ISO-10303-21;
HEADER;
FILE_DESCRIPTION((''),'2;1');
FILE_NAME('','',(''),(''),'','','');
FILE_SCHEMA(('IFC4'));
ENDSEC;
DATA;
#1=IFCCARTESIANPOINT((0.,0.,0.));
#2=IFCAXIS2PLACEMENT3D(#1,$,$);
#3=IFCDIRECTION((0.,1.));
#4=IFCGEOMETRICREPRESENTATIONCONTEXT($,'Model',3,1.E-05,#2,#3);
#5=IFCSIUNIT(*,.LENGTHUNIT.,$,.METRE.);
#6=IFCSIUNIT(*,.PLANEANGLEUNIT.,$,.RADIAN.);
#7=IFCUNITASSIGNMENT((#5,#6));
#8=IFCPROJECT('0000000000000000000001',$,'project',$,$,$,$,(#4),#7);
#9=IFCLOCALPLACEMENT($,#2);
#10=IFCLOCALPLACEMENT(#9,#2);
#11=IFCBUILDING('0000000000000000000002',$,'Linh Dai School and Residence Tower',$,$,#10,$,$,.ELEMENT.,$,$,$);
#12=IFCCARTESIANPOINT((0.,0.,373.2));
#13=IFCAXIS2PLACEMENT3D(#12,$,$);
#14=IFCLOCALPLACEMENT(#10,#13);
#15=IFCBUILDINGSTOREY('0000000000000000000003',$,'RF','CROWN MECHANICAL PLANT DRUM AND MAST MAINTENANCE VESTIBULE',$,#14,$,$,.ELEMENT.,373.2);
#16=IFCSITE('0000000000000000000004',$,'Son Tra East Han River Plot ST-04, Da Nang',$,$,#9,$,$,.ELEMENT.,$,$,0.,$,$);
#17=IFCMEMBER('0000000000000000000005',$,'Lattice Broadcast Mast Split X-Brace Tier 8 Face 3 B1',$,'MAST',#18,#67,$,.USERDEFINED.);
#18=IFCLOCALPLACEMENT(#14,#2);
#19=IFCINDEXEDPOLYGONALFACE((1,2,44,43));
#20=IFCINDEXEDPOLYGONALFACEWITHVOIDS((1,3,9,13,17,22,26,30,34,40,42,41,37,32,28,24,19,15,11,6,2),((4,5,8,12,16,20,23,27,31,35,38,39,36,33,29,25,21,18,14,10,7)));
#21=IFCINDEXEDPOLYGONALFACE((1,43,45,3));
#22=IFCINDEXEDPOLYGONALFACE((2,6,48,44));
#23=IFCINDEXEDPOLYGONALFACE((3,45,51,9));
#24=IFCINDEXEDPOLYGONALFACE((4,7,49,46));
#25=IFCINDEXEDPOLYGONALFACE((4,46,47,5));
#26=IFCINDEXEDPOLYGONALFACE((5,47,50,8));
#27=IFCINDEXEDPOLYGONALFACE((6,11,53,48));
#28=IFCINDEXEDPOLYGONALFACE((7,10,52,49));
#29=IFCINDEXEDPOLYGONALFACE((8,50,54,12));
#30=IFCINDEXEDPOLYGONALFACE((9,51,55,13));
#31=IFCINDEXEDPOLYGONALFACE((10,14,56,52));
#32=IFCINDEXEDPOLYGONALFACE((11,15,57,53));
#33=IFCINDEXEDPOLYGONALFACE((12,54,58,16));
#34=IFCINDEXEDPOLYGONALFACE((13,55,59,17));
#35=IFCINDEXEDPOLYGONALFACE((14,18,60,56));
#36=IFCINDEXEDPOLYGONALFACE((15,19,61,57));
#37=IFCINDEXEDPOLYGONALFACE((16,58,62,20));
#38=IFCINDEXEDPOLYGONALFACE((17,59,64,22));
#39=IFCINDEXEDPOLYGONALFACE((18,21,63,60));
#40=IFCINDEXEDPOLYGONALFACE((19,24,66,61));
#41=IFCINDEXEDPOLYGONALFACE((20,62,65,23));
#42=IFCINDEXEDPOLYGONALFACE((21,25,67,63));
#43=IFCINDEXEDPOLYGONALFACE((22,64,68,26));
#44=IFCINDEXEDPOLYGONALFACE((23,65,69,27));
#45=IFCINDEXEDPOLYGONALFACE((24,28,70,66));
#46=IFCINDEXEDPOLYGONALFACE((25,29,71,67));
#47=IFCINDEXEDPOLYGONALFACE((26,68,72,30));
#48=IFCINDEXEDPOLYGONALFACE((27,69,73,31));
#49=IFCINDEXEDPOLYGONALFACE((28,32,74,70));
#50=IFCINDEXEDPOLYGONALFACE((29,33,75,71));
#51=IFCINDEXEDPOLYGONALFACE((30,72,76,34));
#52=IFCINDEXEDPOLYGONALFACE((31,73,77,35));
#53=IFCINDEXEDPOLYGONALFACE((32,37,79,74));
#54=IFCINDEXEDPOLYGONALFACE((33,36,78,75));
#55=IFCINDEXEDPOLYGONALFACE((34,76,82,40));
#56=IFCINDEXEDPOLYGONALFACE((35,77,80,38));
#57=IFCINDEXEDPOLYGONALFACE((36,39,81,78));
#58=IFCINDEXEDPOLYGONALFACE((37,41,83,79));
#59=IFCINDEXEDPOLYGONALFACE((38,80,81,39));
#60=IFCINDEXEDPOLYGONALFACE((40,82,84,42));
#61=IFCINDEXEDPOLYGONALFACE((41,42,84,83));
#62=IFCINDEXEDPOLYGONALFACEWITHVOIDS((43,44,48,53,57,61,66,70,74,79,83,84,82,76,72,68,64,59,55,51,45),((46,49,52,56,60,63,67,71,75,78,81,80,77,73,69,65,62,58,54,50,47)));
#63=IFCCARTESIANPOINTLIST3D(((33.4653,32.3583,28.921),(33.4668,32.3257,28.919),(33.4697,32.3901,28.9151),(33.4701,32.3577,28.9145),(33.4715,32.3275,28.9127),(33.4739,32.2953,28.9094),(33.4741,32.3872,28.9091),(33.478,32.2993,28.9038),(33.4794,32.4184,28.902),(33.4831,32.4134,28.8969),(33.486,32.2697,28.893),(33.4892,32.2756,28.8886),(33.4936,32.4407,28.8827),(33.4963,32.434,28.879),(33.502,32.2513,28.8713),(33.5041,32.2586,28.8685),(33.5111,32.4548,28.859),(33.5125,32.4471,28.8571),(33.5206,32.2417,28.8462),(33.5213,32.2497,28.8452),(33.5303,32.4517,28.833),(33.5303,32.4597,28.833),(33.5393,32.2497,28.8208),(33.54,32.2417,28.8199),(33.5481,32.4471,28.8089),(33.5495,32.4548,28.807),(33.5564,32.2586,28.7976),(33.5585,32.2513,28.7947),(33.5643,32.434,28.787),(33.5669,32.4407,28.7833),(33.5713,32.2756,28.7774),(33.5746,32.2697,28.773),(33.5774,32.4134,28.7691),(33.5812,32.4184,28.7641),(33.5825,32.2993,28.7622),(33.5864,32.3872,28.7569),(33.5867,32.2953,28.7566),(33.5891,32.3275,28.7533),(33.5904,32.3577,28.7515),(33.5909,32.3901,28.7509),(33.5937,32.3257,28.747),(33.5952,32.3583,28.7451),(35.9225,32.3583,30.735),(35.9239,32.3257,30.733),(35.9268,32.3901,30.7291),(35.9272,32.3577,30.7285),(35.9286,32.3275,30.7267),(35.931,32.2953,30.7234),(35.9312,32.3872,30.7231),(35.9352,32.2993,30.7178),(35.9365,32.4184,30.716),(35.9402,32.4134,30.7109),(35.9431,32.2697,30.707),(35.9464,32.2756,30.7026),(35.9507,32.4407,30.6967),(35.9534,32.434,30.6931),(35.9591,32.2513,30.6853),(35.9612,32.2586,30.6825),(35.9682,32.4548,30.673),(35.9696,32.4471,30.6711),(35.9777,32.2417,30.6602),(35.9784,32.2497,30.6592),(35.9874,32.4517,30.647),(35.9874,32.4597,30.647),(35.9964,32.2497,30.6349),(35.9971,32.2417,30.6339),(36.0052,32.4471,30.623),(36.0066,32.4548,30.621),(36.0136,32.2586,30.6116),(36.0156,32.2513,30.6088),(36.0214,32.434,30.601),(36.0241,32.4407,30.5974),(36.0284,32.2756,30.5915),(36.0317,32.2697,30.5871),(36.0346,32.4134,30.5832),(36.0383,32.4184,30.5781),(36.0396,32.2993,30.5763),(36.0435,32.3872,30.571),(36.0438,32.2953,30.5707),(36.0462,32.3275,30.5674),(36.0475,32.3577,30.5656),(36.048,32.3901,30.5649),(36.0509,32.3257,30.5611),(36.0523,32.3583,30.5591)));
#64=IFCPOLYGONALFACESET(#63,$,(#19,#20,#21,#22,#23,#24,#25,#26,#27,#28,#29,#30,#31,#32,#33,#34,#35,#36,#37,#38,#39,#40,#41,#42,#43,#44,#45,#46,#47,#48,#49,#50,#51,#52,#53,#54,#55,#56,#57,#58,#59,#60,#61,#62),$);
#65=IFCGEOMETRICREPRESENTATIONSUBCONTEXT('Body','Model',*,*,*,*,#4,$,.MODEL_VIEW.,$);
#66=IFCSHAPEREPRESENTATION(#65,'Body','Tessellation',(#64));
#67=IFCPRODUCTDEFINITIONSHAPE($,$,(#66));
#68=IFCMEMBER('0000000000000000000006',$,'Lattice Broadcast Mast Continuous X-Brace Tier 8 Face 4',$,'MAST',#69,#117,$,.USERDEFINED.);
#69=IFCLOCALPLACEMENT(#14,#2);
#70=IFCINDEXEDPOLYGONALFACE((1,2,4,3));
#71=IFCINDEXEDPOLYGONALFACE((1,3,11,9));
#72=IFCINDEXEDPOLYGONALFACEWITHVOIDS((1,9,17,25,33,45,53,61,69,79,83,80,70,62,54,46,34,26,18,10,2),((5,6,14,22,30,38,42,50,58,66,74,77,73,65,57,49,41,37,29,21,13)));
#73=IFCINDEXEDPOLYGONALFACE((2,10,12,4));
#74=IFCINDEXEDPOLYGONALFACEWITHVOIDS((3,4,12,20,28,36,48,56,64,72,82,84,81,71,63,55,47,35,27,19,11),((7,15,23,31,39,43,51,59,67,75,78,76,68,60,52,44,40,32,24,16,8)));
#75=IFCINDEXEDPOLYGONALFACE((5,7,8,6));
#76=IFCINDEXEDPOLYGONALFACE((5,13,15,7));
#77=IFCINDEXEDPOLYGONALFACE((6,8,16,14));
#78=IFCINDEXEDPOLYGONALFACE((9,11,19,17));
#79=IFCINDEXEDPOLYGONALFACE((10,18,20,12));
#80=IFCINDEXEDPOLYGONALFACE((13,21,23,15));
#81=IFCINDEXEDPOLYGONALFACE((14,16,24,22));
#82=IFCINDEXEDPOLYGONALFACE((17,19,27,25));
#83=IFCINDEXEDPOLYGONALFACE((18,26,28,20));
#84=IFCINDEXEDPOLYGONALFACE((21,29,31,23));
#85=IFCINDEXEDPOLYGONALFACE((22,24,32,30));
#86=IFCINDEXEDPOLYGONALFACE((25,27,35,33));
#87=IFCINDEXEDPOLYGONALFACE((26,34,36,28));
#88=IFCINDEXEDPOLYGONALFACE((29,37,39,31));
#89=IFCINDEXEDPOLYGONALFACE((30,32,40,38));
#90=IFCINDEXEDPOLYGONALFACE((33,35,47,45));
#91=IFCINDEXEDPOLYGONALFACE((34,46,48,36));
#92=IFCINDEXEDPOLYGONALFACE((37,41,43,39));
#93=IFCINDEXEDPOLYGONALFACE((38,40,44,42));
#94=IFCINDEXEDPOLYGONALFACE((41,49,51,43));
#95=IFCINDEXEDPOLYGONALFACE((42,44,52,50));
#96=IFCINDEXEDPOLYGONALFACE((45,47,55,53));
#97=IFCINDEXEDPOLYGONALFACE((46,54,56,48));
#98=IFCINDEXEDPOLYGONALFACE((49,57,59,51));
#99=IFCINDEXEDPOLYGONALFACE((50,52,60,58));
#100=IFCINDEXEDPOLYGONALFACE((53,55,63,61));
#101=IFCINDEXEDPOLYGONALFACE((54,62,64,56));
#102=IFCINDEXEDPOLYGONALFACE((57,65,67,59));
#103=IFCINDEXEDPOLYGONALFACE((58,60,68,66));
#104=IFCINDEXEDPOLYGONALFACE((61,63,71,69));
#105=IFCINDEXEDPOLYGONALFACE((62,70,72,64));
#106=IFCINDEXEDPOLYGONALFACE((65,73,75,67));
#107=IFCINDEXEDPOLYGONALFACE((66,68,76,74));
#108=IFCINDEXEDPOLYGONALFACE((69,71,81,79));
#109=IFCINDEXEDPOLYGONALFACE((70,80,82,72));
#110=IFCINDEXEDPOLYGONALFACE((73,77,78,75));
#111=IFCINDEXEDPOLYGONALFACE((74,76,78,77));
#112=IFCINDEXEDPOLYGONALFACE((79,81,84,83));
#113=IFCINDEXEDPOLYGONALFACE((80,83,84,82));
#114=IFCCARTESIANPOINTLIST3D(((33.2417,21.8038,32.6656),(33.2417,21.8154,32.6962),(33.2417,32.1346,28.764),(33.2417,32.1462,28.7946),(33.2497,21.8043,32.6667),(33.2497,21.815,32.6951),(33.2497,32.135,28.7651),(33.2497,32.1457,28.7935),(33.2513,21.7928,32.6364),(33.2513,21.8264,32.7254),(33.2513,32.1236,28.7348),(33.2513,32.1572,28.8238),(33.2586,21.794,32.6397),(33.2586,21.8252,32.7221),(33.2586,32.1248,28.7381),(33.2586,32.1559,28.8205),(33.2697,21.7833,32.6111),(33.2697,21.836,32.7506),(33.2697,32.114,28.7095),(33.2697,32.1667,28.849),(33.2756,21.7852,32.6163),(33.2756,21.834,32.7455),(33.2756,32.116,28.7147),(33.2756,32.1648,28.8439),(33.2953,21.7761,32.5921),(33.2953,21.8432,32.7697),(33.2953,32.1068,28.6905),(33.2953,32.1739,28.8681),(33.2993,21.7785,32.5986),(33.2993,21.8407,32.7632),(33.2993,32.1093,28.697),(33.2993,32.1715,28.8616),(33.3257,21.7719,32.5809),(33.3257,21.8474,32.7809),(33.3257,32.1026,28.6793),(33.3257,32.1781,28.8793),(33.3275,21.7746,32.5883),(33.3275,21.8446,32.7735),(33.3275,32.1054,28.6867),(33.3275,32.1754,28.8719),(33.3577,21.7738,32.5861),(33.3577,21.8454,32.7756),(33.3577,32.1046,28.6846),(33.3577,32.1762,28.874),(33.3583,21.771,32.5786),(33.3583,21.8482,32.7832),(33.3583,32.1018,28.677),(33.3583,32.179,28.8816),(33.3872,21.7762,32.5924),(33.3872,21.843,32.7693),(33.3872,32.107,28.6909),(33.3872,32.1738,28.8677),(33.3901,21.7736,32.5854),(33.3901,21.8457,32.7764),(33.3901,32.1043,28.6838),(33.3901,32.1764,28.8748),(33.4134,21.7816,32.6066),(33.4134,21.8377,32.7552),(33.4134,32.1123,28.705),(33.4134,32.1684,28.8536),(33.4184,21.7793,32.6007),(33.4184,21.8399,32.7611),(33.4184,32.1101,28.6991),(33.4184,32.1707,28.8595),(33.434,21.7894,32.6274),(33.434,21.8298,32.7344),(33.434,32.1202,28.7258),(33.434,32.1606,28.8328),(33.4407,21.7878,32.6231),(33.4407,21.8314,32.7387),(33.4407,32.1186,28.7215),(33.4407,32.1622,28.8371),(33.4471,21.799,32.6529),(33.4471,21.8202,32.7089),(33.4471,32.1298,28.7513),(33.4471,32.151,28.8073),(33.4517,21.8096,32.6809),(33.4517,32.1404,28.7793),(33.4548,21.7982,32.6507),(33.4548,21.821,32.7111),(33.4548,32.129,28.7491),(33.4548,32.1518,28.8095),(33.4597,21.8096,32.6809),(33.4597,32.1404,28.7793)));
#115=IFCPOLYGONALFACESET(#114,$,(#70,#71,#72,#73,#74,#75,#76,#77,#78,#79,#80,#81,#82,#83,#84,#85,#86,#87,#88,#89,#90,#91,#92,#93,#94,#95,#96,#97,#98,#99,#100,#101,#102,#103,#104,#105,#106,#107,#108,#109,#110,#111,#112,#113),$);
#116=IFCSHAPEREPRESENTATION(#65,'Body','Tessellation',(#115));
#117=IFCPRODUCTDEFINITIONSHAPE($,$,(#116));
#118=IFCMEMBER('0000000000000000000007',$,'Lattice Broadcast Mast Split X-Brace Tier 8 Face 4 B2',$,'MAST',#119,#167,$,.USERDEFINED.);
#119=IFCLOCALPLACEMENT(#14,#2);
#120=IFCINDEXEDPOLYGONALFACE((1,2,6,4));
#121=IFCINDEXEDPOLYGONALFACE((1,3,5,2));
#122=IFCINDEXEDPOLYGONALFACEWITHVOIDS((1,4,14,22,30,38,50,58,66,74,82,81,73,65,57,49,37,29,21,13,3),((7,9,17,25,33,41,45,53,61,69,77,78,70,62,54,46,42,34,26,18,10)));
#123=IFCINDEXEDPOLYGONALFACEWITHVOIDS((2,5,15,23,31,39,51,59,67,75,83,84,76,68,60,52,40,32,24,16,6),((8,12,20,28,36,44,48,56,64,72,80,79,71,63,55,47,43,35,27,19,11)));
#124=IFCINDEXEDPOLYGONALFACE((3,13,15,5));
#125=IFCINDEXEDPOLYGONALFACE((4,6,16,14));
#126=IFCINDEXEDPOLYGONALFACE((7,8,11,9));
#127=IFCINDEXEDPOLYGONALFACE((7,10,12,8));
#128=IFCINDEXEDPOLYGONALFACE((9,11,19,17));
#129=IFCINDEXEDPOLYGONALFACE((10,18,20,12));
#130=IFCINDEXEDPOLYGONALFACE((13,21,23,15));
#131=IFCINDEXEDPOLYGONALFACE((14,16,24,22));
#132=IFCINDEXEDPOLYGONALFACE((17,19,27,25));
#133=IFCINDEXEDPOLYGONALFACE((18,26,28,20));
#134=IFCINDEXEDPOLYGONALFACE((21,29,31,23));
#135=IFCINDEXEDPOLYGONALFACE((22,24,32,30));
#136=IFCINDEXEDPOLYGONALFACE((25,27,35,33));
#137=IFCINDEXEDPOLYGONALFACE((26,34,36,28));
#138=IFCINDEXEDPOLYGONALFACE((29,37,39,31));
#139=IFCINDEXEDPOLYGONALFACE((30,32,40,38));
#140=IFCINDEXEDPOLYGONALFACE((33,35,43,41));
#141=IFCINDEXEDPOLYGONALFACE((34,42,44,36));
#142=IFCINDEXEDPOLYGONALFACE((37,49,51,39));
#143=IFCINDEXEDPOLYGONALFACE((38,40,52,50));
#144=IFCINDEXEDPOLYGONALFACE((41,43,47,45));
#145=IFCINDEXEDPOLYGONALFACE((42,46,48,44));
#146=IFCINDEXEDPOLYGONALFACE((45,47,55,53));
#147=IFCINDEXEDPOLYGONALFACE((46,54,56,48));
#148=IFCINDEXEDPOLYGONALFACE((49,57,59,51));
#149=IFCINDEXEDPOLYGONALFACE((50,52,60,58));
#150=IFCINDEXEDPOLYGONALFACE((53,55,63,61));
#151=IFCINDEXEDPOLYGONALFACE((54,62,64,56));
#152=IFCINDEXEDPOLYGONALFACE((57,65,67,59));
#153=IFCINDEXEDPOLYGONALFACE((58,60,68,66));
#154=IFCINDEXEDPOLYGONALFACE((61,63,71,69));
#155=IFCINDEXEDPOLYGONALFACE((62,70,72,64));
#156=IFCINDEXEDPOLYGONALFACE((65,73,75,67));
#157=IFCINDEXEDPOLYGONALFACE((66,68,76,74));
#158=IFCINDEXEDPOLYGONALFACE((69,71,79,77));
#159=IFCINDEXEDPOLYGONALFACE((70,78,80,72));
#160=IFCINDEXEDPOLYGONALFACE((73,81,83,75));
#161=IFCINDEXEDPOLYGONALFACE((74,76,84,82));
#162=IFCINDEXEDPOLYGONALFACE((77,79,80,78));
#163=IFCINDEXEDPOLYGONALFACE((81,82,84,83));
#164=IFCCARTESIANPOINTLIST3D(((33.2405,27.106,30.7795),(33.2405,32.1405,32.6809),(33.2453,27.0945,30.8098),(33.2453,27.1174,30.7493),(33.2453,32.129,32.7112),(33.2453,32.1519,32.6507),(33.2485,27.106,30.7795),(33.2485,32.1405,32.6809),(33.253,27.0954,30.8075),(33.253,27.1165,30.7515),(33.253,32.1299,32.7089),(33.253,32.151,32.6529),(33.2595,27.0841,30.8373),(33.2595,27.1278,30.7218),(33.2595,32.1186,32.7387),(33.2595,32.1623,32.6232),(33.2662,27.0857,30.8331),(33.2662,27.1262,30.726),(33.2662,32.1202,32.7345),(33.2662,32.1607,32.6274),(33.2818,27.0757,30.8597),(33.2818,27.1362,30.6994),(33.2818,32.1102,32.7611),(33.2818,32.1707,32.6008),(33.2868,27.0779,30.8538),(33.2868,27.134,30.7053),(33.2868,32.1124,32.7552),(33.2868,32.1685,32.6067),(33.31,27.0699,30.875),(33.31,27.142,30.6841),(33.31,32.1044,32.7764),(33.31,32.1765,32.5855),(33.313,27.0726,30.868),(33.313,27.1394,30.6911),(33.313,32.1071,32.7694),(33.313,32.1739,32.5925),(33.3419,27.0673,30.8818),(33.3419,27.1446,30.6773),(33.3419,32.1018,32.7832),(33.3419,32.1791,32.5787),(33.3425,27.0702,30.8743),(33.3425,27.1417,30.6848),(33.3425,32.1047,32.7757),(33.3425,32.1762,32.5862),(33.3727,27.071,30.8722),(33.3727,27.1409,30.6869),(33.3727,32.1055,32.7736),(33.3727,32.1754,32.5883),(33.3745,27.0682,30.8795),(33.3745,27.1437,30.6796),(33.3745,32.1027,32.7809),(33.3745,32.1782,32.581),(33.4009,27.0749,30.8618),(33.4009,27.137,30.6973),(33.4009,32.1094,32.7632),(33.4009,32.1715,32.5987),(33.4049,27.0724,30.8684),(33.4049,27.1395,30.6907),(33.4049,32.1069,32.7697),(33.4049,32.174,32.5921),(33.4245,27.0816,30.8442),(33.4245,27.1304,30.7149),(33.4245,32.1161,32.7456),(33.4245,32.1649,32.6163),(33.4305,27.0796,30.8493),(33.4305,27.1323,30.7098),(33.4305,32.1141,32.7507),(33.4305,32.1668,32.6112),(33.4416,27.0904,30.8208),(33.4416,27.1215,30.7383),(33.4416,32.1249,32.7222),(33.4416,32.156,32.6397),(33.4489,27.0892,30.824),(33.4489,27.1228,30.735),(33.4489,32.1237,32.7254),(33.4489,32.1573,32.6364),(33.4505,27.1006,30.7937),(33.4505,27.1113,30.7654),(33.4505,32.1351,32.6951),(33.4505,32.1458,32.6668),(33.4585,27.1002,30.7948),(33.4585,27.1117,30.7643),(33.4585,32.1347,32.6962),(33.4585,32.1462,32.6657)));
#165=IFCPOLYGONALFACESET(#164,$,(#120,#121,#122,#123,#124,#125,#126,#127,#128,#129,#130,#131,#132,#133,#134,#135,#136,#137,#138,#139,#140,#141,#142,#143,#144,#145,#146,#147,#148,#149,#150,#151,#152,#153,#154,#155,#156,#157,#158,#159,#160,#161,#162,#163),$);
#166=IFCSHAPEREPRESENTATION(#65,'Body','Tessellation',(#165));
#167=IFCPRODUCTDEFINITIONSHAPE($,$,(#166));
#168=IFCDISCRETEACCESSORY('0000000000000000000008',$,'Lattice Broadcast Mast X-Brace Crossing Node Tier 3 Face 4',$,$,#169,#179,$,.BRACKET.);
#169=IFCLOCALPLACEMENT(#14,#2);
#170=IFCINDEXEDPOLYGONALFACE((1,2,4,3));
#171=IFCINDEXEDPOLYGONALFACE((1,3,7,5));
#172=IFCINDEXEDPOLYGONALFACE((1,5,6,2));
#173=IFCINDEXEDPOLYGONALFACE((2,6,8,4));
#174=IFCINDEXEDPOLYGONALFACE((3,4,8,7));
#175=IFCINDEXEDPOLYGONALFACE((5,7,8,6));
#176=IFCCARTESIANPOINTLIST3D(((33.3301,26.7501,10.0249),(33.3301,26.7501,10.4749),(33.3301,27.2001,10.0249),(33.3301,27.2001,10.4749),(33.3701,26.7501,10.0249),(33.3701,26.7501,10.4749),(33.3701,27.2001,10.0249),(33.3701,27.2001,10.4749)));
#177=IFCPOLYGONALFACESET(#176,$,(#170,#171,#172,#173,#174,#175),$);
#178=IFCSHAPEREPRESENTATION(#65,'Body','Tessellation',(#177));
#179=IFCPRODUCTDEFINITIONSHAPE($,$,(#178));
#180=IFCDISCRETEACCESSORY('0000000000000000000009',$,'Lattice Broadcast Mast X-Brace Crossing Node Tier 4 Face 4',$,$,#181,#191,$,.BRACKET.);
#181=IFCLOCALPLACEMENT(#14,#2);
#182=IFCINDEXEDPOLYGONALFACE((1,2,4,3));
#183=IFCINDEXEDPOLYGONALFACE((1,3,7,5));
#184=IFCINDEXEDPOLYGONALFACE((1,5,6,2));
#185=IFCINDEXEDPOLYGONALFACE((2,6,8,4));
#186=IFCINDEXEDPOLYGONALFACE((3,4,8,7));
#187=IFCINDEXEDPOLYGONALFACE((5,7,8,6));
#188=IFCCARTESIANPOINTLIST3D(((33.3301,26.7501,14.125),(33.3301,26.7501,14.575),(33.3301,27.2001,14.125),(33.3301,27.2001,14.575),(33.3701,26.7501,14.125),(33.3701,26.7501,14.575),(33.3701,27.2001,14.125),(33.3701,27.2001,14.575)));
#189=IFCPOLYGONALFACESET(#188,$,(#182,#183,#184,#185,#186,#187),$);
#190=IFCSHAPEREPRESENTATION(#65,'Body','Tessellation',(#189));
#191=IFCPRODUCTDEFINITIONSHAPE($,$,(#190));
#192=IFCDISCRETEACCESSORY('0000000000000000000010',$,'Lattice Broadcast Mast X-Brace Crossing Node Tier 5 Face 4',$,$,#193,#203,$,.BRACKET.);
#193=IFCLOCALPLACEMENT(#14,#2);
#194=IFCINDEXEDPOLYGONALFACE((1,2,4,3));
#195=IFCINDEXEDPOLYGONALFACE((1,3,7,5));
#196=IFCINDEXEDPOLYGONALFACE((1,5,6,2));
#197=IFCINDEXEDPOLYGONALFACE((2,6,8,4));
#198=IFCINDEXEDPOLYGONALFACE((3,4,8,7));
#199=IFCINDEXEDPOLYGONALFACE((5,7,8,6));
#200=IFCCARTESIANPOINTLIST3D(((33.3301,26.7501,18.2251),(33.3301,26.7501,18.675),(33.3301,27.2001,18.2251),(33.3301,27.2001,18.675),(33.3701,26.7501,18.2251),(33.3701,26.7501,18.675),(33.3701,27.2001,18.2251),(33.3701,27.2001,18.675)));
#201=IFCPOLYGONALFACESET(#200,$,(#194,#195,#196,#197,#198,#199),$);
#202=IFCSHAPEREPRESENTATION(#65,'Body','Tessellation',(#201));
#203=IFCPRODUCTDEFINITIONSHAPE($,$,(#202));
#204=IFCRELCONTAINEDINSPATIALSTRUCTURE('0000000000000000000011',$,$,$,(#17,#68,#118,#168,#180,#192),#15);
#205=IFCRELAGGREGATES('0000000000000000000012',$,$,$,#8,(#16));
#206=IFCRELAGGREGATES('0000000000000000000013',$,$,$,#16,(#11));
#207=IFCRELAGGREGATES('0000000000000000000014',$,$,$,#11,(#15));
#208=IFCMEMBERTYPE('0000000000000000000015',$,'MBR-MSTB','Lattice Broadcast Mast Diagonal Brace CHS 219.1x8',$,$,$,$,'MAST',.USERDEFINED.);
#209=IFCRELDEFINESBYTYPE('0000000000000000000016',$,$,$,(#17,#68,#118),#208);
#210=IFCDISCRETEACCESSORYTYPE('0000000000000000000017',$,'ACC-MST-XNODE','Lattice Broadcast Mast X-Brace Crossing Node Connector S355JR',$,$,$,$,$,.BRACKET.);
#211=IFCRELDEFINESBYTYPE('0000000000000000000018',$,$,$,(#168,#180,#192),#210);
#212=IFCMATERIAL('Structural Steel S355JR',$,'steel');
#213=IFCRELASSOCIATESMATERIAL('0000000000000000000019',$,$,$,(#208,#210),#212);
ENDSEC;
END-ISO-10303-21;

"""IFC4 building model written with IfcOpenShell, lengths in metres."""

from ifc_helpers import new_model, si_unit, direction, frame, origin, origin_2d, place, context, subcontext, project, spatial, rectangle, hollow_circle, extrude, source, transform, mapped, material, material_profile, profile_set, type_object, element, save


model = new_model("IFC4")

# Units and contexts
model_context = context("Model", 3, precision=1e-05, world=origin(), true_north=direction((0.0, 1.0)))
body_context = subcontext(model_context, "Body", "Model", "MODEL_VIEW")
ifc_project = project(units=[si_unit("LENGTHUNIT", "METRE"), si_unit("PLANEANGLEUNIT", "RADIAN")], contexts=[model_context])

# Site, building, storey
site_placement = place(None, origin())
site = spatial("IfcSite", under=ifc_project, at=site_placement, Name="Son Tra East Han River Plot ST-04, Da Nang", CompositionType="ELEMENT", RefElevation=0.0)
building_placement = place(site_placement, origin())
building = spatial("IfcBuilding", under=site, at=building_placement, Name="Linh Dai School and Residence Tower", CompositionType="ELEMENT")
storey_placement = place(building_placement, frame((0.0, 0.0, 373.2)))
storey = spatial("IfcBuildingStorey", under=building, at=storey_placement, Name="RF", Description="CROWN MECHANICAL PLANT DRUM AND MAST MAINTENANCE VESTIBULE", CompositionType="ELEMENT", Elevation=373.2)

# Shared definitions
ifc_material = material(Name="Structural Steel S355JR", Category="steel")

# Members
ifc_material_profile_1 = material_profile(ifc_material, hollow_circle(Radius=0.1096, WallThickness=0.0081, at=origin_2d()), Name="CHS 219.1x8")
ifc_profile_set_1 = profile_set([ifc_material_profile_1], Name="Structural Steel S355JR")
member_type = type_object("IfcMemberType", Name="MBR-MSTB", Description="Lattice Broadcast Mast Diagonal Brace CHS 219.1x8", ElementType="MAST", PredefinedType="USERDEFINED", material=ifc_profile_set_1)
member_1_placement = place(storey_placement, frame((33.5303, 32.3501, 28.833), z_axis=(0.804505, 0.0, 0.593946), x_axis=(0.0, 1.0, 0.0)))
element("IfcMember", 1, at=member_1_placement, inside=storey, type_object=member_type, Name="Lattice Broadcast Mast Split X-Brace Tier 8 Face 3 B1", ObjectType="MAST", PredefinedType="USERDEFINED", context=body_context, shape_type="SweptSolid", body=[
    extrude(hollow_circle(Radius=0.1096, WallThickness=0.0081, at=origin_2d()), origin(), (0.0, 0.0, 1.0), 3.0542),
])
member_2_placement = place(storey_placement, frame((33.3501, 32.1404, 28.7793), z_axis=(0.0, -0.935506, 0.35331), x_axis=(1.0, 0.0, 0.0)))
element("IfcMember", 2, at=member_2_placement, inside=storey, type_object=member_type, Name="Lattice Broadcast Mast Continuous X-Brace Tier 8 Face 4", ObjectType="MAST", PredefinedType="USERDEFINED", context=body_context, shape_type="SweptSolid", body=[
    extrude(hollow_circle(Radius=0.1096, WallThickness=0.0081, at=origin_2d()), origin(), (0.0, 0.0, 1.0), 11.043),
])
member_3_placement = place(storey_placement, frame((33.3501, 27.106, 30.7795), z_axis=(0.0, 0.935504, 0.353315), x_axis=(-1.0, 0.0, 0.0)))
element("IfcMember", 3, at=member_3_placement, inside=storey, type_object=member_type, Name="Lattice Broadcast Mast Split X-Brace Tier 8 Face 4 B2", ObjectType="MAST", PredefinedType="USERDEFINED", context=body_context, shape_type="SweptSolid", body=[
    extrude(hollow_circle(Radius=0.1096, WallThickness=0.0081, at=origin_2d()), origin(), (0.0, 0.0, 1.0), 5.3816),
])

# Discrete accessories
discrete_accessory_type = type_object("IfcDiscreteAccessoryType", Name="ACC-MST-XNODE", Description="Lattice Broadcast Mast X-Brace Crossing Node Connector S355JR", PredefinedType="BRACKET", material=ifc_material)
shared_shape = source(origin(), body_context, "Body", "SweptSolid", [
    extrude(rectangle(XDim=0.45, YDim=0.04, at=origin_2d()), origin(), (0.0, 0.0, 1.0), 0.45),
])
for number, where, z_axis, x_axis, name in (
    (4, (33.3501, 26.9751, 10.0249), (0.0, 0.0, 1.0), (0.0, -1.0, 0.0), "Lattice Broadcast Mast X-Brace Crossing Node Tier 3 Face 4"),
    (5, (33.3501, 26.9751, 14.125), (0.0, 0.0, 1.0), (0.0, -1.0, 0.0), "Lattice Broadcast Mast X-Brace Crossing Node Tier 4 Face 4"),
    (6, (33.3501, 26.9751, 18.2251), (0.0, 0.0, 1.0), (0.0, -1.0, 0.0), "Lattice Broadcast Mast X-Brace Crossing Node Tier 5 Face 4"),
):
    element("IfcDiscreteAccessory", number, at=place(storey_placement, frame(where, z_axis=z_axis, x_axis=x_axis)), inside=storey, type_object=discrete_accessory_type, Name=name, PredefinedType="BRACKET", context=body_context, shape_type="MappedRepresentation", body=[
        mapped(shared_shape, transform((0.0, 0.0, 0.0), x_axis=(1.0, 0.0, 0.0), y_axis=(0.0, 1.0, 0.0), z_axis=(0.0, 0.0, 1.0), scale=1.0)),
    ])

save(model, "model.ifc")
